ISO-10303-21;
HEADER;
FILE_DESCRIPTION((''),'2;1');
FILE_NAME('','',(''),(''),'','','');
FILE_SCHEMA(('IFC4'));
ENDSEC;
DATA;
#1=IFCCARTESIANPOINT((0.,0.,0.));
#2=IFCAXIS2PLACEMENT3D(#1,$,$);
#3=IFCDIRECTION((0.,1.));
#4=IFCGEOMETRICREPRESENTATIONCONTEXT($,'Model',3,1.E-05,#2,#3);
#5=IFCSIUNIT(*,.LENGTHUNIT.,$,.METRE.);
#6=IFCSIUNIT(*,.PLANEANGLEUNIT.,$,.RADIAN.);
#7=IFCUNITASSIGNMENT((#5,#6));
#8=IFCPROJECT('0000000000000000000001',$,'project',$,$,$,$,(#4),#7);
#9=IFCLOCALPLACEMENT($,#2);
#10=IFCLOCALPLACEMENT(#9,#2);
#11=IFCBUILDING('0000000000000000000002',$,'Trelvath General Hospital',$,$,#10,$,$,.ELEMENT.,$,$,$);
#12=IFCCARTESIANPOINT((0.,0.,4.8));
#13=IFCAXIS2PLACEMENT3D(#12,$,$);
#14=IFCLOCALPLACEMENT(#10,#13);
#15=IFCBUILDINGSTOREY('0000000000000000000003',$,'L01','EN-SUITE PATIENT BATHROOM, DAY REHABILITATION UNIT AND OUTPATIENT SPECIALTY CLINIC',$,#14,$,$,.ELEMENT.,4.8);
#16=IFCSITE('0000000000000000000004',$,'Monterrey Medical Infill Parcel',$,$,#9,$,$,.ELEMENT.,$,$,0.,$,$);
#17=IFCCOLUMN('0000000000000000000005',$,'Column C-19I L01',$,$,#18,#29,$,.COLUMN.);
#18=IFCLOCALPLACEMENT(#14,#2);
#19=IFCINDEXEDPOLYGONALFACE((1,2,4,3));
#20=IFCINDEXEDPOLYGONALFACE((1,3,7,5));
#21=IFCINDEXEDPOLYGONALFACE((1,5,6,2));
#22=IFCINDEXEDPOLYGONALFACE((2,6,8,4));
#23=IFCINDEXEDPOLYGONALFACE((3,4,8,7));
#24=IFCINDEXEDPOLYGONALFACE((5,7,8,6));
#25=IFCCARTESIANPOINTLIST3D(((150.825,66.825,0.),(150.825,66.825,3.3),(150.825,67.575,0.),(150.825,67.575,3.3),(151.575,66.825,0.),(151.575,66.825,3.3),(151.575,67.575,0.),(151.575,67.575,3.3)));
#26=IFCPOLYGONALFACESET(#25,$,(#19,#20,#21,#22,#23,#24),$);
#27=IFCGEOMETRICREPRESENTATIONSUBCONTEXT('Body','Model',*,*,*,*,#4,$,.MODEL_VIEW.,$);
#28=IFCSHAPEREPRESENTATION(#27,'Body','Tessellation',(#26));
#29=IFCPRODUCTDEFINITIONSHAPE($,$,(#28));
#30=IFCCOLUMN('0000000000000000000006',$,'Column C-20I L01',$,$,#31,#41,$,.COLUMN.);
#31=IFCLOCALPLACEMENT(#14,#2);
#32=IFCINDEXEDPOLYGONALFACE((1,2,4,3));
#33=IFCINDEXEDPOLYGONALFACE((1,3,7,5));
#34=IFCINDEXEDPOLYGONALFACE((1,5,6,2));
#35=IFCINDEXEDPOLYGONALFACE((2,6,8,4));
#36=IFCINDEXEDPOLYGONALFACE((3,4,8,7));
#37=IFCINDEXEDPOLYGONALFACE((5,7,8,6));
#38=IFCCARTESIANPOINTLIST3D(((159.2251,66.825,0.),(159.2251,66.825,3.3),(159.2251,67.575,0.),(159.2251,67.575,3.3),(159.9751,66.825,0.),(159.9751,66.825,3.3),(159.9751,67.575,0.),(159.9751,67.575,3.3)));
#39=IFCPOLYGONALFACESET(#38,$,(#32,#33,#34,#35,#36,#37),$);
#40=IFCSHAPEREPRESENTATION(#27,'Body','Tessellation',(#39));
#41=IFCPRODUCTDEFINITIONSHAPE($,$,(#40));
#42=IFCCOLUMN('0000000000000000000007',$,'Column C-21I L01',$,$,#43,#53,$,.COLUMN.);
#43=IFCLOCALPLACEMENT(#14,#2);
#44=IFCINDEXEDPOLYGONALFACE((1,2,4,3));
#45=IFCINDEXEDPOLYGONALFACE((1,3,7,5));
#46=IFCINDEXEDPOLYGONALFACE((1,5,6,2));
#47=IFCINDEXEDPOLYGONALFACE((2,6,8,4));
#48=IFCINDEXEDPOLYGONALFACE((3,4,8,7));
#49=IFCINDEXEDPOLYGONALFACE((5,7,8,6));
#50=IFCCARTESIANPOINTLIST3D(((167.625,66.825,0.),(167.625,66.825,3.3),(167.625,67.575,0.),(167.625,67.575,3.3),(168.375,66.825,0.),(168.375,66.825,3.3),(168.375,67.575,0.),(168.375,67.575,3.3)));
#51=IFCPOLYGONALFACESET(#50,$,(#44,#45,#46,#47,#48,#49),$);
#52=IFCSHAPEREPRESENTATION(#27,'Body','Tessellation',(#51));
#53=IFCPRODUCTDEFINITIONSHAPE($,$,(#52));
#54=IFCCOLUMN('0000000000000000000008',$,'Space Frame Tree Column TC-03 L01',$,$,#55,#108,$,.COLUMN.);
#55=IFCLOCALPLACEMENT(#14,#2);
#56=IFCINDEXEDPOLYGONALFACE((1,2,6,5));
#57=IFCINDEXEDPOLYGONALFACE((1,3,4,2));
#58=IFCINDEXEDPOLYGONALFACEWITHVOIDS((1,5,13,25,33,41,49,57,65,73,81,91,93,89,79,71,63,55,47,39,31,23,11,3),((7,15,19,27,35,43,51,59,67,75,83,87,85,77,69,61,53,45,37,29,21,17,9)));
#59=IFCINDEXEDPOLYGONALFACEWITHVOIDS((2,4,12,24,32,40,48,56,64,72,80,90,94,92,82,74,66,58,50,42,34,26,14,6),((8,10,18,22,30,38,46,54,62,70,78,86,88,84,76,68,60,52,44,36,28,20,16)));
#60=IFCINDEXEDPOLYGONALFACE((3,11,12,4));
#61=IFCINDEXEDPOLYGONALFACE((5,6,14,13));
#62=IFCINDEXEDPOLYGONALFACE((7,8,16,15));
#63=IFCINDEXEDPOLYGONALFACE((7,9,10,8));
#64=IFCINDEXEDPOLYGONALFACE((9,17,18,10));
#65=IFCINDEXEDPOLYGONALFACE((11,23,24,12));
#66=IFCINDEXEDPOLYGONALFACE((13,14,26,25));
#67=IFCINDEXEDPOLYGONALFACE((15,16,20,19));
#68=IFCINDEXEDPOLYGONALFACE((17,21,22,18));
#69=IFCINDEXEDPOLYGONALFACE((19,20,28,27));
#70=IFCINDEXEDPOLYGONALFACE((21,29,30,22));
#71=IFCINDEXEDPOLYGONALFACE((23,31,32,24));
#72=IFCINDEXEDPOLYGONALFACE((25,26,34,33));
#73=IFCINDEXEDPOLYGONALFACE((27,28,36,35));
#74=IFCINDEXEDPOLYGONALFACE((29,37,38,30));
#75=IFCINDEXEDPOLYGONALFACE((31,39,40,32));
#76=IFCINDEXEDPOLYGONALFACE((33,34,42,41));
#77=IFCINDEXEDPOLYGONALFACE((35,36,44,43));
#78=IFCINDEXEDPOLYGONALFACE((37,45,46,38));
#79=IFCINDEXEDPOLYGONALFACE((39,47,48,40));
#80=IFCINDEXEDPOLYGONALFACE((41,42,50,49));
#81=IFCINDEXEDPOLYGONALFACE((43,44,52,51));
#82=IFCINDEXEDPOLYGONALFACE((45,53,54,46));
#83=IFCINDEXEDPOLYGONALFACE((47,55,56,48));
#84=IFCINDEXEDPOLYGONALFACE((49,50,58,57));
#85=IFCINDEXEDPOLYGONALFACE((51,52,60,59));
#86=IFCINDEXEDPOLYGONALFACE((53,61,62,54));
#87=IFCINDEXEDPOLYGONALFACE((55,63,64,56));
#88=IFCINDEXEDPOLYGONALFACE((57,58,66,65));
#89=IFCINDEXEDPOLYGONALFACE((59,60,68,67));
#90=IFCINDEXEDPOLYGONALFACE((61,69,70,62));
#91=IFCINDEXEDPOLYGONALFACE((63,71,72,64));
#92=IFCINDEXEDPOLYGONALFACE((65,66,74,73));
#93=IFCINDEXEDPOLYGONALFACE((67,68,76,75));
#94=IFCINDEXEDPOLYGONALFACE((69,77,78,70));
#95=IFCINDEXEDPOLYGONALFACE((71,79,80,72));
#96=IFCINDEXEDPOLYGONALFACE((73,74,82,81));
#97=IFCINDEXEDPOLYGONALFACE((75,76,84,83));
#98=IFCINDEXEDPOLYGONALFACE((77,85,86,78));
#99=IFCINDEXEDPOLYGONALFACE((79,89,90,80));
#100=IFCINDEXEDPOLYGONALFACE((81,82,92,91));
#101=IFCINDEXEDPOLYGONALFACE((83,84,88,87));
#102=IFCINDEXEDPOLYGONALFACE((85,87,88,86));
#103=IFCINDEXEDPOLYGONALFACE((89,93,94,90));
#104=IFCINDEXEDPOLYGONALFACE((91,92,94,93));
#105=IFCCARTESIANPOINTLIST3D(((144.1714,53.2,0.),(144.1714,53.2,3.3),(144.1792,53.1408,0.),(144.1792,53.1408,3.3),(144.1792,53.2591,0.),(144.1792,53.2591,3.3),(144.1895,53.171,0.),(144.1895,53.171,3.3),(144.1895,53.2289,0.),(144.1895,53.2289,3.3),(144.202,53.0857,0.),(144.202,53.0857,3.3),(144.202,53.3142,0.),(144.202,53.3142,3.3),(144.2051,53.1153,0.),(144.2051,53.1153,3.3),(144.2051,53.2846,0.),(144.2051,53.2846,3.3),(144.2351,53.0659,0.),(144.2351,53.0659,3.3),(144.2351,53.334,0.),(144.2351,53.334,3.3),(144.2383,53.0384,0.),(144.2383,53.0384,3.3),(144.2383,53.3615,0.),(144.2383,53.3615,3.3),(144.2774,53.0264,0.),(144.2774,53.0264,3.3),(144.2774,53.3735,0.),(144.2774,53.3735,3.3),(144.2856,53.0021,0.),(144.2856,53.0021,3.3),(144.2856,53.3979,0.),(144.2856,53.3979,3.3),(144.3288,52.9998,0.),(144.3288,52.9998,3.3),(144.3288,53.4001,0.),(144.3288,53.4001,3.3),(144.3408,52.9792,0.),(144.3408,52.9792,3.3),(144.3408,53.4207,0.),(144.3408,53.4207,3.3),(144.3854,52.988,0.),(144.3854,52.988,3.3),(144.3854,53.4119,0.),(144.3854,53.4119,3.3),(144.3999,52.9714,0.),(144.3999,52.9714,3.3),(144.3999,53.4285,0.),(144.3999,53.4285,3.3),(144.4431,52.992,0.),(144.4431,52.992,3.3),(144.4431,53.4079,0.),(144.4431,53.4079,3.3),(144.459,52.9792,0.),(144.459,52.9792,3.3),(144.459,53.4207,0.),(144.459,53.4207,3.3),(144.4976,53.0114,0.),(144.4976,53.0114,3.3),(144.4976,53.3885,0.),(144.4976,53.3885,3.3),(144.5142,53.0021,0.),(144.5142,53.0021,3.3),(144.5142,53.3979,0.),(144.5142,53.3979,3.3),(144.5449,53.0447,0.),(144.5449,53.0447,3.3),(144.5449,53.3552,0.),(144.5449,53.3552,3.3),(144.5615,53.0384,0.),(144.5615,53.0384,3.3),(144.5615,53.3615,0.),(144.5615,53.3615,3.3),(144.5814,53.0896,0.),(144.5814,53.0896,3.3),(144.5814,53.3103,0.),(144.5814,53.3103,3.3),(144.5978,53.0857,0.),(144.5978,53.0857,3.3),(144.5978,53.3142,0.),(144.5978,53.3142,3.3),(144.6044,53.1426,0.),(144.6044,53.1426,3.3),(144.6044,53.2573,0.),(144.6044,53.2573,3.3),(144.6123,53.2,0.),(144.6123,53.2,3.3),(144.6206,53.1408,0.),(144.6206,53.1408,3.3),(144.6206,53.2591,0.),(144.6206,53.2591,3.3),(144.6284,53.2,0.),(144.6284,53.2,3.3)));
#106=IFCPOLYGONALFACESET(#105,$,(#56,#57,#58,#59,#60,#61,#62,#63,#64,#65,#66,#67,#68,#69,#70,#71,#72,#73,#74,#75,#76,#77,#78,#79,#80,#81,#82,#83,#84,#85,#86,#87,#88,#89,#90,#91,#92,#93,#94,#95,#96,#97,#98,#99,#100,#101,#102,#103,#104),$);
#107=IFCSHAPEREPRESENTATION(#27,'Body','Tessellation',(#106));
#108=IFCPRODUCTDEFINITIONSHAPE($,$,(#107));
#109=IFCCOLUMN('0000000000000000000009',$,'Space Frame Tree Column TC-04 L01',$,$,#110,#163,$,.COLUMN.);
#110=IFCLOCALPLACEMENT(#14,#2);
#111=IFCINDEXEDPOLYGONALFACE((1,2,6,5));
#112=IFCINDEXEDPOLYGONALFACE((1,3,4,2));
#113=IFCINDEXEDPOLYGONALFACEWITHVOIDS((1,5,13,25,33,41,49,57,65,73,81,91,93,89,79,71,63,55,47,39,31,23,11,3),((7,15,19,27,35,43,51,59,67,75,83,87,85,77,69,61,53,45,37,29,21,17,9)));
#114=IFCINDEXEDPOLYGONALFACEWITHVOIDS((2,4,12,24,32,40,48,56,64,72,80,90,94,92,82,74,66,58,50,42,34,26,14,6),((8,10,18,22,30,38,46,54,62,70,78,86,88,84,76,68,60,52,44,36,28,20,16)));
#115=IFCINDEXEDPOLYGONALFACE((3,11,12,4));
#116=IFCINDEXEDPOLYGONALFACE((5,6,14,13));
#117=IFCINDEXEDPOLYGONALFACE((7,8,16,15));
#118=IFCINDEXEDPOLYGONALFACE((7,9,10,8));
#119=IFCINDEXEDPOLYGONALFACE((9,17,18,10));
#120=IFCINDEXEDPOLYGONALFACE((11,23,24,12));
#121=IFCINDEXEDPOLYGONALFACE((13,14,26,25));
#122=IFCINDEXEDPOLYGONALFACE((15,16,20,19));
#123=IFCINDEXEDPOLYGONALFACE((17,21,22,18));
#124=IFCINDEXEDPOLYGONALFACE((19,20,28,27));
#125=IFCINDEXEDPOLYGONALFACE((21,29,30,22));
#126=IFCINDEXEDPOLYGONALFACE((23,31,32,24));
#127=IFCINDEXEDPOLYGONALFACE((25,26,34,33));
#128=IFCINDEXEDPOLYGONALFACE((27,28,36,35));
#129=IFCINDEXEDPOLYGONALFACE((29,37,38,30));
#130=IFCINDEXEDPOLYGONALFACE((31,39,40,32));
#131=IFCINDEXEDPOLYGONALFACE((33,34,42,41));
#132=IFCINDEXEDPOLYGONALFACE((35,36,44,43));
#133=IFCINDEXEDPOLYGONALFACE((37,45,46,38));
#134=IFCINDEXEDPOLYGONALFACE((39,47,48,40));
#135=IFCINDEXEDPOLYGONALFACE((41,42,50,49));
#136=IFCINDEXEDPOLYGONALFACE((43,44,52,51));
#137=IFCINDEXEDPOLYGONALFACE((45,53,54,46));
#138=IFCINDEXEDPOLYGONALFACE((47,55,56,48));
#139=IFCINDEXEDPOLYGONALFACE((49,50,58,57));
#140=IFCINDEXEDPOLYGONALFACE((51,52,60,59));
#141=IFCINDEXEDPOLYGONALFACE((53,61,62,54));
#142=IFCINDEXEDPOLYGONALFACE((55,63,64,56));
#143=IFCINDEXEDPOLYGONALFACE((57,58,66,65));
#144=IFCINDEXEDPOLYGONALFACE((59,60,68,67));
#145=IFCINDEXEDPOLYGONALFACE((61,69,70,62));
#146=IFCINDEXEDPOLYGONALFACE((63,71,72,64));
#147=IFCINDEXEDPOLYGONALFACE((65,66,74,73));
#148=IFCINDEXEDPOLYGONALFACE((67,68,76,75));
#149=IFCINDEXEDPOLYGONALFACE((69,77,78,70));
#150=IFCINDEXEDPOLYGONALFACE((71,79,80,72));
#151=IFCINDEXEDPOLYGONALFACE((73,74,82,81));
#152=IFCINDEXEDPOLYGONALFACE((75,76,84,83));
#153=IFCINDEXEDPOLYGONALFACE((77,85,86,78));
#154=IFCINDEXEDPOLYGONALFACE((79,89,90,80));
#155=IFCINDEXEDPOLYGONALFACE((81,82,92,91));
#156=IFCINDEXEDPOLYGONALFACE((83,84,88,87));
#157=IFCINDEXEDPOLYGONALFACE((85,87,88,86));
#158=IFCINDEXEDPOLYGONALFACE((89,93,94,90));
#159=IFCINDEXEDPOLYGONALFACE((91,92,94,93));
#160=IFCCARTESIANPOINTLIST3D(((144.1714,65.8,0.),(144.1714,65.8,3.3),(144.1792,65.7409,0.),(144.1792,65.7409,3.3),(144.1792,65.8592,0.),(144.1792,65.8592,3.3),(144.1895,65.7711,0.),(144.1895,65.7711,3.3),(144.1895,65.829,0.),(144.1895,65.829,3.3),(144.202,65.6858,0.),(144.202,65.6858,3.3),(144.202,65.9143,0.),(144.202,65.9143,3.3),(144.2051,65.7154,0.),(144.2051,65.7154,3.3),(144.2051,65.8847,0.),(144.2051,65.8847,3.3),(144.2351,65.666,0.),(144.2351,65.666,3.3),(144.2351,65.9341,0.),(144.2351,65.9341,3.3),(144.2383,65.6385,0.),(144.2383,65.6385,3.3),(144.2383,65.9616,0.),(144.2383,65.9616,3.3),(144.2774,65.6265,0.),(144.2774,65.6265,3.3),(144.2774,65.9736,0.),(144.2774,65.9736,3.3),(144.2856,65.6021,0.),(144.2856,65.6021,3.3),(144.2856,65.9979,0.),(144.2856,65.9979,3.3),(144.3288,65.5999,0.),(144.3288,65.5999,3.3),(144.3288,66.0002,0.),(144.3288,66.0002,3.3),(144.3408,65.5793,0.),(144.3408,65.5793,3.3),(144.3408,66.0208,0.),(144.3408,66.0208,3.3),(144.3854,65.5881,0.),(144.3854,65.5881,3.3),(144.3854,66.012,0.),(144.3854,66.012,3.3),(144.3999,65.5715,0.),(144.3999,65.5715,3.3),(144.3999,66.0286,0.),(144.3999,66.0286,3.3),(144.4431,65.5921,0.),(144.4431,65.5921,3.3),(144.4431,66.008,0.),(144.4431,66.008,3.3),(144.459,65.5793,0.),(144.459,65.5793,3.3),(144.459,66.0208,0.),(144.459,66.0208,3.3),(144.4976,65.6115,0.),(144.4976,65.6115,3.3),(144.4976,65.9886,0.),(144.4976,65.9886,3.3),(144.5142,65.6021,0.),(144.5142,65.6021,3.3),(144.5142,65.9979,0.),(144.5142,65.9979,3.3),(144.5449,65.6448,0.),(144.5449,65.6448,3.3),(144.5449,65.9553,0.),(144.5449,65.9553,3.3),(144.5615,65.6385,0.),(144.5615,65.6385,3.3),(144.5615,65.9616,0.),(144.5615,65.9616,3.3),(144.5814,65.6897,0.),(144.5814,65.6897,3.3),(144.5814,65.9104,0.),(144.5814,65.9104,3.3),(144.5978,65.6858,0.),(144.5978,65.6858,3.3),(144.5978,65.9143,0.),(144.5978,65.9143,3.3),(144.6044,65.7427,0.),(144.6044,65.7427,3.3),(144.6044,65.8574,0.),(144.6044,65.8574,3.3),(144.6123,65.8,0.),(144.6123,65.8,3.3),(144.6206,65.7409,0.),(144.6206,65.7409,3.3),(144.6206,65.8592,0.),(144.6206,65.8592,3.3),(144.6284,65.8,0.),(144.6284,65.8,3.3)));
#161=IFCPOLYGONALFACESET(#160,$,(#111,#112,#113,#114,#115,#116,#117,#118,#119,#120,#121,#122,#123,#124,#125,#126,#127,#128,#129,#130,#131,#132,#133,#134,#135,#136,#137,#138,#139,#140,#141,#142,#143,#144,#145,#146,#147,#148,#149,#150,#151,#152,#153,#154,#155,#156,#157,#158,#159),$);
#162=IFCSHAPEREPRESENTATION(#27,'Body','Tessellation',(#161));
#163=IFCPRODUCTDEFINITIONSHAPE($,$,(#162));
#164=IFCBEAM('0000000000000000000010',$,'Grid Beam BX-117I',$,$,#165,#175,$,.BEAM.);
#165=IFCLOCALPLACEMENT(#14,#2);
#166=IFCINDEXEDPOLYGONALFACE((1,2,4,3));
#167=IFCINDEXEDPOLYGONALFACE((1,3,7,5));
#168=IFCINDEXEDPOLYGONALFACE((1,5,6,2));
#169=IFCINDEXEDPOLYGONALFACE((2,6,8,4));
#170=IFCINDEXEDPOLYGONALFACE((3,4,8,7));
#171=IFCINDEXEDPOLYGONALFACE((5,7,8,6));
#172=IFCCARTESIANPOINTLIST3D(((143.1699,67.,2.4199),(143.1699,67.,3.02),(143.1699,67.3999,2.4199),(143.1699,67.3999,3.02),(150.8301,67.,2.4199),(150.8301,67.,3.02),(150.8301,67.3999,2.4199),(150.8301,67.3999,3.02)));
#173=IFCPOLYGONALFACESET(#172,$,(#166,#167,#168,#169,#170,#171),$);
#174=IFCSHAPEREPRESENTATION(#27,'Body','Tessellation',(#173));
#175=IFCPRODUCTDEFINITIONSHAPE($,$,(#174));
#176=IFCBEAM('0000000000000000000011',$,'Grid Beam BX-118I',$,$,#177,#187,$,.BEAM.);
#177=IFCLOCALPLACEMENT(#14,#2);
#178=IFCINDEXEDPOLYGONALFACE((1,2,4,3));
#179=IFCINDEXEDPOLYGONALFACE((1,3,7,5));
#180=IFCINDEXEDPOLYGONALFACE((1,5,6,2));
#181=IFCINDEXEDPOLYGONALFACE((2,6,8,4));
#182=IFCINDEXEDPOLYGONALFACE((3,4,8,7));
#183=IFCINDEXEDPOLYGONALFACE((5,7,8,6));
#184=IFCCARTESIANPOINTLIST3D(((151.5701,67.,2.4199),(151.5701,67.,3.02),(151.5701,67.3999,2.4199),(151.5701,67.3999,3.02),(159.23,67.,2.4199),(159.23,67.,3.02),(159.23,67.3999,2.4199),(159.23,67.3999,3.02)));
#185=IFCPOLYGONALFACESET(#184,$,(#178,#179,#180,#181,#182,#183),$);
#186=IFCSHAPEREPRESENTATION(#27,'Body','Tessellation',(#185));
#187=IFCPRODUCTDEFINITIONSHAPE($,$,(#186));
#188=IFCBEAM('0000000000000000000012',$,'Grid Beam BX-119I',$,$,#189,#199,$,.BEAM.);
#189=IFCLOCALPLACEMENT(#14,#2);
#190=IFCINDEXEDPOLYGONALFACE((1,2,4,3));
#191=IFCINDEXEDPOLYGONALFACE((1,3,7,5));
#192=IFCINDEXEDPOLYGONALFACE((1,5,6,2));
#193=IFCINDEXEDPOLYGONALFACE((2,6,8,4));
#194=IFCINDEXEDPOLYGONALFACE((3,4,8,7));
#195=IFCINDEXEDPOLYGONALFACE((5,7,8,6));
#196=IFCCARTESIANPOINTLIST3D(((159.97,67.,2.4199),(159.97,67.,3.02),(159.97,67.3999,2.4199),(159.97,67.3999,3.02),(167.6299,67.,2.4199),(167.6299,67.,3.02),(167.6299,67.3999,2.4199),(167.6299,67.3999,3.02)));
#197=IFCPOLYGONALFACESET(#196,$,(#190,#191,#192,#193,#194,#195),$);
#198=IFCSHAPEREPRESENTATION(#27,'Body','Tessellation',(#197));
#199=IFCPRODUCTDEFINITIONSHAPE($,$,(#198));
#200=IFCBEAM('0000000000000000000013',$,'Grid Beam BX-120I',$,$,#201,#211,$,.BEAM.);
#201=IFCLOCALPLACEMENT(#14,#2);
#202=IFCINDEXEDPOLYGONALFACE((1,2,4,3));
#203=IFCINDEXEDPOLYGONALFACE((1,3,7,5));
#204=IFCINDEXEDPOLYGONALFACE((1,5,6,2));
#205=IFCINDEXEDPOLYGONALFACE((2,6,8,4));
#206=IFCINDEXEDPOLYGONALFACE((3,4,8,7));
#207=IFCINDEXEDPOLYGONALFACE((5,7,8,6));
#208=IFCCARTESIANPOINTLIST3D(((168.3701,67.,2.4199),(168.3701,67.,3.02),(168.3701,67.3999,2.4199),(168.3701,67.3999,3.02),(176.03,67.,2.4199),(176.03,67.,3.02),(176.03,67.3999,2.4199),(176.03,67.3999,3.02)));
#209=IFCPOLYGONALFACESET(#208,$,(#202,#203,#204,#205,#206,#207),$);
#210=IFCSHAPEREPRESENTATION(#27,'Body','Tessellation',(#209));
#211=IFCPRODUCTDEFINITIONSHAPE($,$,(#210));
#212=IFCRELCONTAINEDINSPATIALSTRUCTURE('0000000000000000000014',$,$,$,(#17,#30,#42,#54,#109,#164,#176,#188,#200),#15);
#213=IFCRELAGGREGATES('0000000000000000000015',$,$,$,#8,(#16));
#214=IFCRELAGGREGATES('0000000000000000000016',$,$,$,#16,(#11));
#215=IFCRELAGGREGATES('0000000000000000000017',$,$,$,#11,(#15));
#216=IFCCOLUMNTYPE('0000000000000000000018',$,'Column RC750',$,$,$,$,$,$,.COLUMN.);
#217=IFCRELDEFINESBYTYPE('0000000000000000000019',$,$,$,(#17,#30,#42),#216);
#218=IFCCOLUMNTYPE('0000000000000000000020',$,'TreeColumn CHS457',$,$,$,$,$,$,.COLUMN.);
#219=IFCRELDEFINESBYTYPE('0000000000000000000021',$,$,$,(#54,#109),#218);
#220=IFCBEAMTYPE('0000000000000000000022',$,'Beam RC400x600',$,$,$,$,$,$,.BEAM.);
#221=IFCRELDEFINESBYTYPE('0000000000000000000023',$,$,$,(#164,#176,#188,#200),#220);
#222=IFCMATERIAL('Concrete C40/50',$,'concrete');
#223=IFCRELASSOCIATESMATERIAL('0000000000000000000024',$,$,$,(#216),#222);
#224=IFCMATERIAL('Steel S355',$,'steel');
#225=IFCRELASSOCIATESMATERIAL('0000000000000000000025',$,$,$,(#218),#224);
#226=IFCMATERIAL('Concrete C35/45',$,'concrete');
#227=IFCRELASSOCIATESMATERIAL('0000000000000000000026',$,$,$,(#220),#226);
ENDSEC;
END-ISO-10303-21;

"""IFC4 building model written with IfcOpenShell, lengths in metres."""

from ifc_helpers import new_model, si_unit, direction, frame, origin, origin_2d, place, context, subcontext, project, spatial, rectangle, hollow_circle, extrude, material, material_profile, profile_set, type_object, element, save


model = new_model("IFC4")

# Units and contexts
model_context = context("Model", 3, precision=1e-05, world=origin(), true_north=direction((0.0, 1.0)))
body_context = subcontext(model_context, "Body", "Model", "MODEL_VIEW")
ifc_project = project(units=[si_unit("LENGTHUNIT", "METRE"), si_unit("PLANEANGLEUNIT", "RADIAN")], contexts=[model_context])

# Site, building, storey
site_placement = place(None, origin())
site = spatial("IfcSite", under=ifc_project, at=site_placement, Name="Monterrey Medical Infill Parcel", CompositionType="ELEMENT", RefElevation=0.0)
building_placement = place(site_placement, origin())
building = spatial("IfcBuilding", under=site, at=building_placement, Name="Trelvath General Hospital", CompositionType="ELEMENT")
storey_placement = place(building_placement, frame((0.0, 0.0, 4.8)))
storey = spatial("IfcBuildingStorey", under=building, at=storey_placement, Name="L01", Description="EN-SUITE PATIENT BATHROOM, DAY REHABILITATION UNIT AND OUTPATIENT SPECIALTY CLINIC", CompositionType="ELEMENT", Elevation=4.8)

# Columns
ifc_material_1 = material(Name="Concrete C40/50", Category="concrete")
ifc_material_profile_1 = material_profile(ifc_material_1, rectangle(XDim=0.75, YDim=0.75, at=origin_2d()), Name="RC750x750")
ifc_profile_set_1 = profile_set([ifc_material_profile_1], Name="Concrete C40/50")
column_type_1 = type_object("IfcColumnType", Name="Column RC750", PredefinedType="COLUMN", material=ifc_profile_set_1)
for number, where, z_axis, x_axis, name in (
    (1, (151.2, 67.2, 0.0), (0.0, 0.0, 1.0), (1.0, 0.0, 0.0), "Column C-19I L01"),
    (2, (159.6001, 67.2, 0.0), (0.0, 0.0, 1.0), (1.0, 0.0, 0.0), "Column C-20I L01"),
    (3, (168.0, 67.2, 0.0), (0.0, 0.0, 1.0), (1.0, 0.0, 0.0), "Column C-21I L01"),
):
    element("IfcColumn", number, at=place(storey_placement, frame(where, z_axis=z_axis, x_axis=x_axis)), inside=storey, type_object=column_type_1, Name=name, PredefinedType="COLUMN", context=body_context, shape_type="SweptSolid", body=[
        extrude(rectangle(XDim=0.75, YDim=0.75, at=origin_2d()), origin(), (0.0, 0.0, 1.0), 3.3),
    ])
ifc_material_2 = material(Name="Steel S355", Category="steel")
ifc_material_profile_2 = material_profile(ifc_material_2, hollow_circle(Radius=0.2285, WallThickness=0.0161, at=origin_2d()), Name="CHS457.0x16.0")
ifc_profile_set_2 = profile_set([ifc_material_profile_2], Name="Steel S355")
column_type_2 = type_object("IfcColumnType", Name="TreeColumn CHS457", PredefinedType="COLUMN", material=ifc_profile_set_2)
for number, where, z_axis, x_axis, name in (
    (4, (144.3999, 53.2, 0.0), (0.0, 0.0, 1.0), (1.0, 0.0, 0.0), "Space Frame Tree Column TC-03 L01"),
    (5, (144.3999, 65.8, 0.0), (0.0, 0.0, 1.0), (1.0, 0.0, 0.0), "Space Frame Tree Column TC-04 L01"),
):
    element("IfcColumn", number, at=place(storey_placement, frame(where, z_axis=z_axis, x_axis=x_axis)), inside=storey, type_object=column_type_2, Name=name, PredefinedType="COLUMN", context=body_context, shape_type="SweptSolid", body=[
        extrude(hollow_circle(Radius=0.2285, WallThickness=0.0161, at=origin_2d()), origin(), (0.0, 0.0, 1.0), 3.3),
    ])

# Beams
ifc_material_3 = material(Name="Concrete C35/45", Category="concrete")
ifc_material_profile_3 = material_profile(ifc_material_3, rectangle(XDim=0.3999, YDim=0.6001, at=origin_2d()), Name="RCB400x600")
ifc_profile_set_3 = profile_set([ifc_material_profile_3], Name="Concrete C35/45")
beam_type_1 = type_object("IfcBeamType", Name="Beam RC400x600", PredefinedType="BEAM", material=ifc_profile_set_3)
beam_1_placement = place(storey_placement, frame((143.1699, 67.2, 2.72), z_axis=(1.0, 0.0, 0.0), x_axis=(0.0, 1.0, 0.0)))
element("IfcBeam", 6, at=beam_1_placement, inside=storey, type_object=beam_type_1, Name="Grid Beam BX-117I", PredefinedType="BEAM", context=body_context, shape_type="SweptSolid", body=[
    extrude(rectangle(XDim=0.3999, YDim=0.6001, at=origin_2d()), origin(), (0.0, 0.0, 1.0), 7.6602),
])
for number, where, z_axis, x_axis, name in (
    (7, (151.5701, 67.2, 2.72), (1.0, 0.0, 0.0), (0.0, 1.0, 0.0), "Grid Beam BX-118I"),
    (8, (159.97, 67.2, 2.72), (1.0, 0.0, 0.0), (0.0, 1.0, 0.0), "Grid Beam BX-119I"),
    (9, (168.3701, 67.2, 2.72), (1.0, 0.0, 0.0), (0.0, 1.0, 0.0), "Grid Beam BX-120I"),
):
    element("IfcBeam", number, at=place(storey_placement, frame(where, z_axis=z_axis, x_axis=x_axis)), inside=storey, type_object=beam_type_1, Name=name, PredefinedType="BEAM", context=body_context, shape_type="SweptSolid", body=[
        extrude(rectangle(XDim=0.3999, YDim=0.6001, at=origin_2d()), origin(), (0.0, 0.0, 1.0), 7.6599),
    ])

save(model, "model.ifc")
